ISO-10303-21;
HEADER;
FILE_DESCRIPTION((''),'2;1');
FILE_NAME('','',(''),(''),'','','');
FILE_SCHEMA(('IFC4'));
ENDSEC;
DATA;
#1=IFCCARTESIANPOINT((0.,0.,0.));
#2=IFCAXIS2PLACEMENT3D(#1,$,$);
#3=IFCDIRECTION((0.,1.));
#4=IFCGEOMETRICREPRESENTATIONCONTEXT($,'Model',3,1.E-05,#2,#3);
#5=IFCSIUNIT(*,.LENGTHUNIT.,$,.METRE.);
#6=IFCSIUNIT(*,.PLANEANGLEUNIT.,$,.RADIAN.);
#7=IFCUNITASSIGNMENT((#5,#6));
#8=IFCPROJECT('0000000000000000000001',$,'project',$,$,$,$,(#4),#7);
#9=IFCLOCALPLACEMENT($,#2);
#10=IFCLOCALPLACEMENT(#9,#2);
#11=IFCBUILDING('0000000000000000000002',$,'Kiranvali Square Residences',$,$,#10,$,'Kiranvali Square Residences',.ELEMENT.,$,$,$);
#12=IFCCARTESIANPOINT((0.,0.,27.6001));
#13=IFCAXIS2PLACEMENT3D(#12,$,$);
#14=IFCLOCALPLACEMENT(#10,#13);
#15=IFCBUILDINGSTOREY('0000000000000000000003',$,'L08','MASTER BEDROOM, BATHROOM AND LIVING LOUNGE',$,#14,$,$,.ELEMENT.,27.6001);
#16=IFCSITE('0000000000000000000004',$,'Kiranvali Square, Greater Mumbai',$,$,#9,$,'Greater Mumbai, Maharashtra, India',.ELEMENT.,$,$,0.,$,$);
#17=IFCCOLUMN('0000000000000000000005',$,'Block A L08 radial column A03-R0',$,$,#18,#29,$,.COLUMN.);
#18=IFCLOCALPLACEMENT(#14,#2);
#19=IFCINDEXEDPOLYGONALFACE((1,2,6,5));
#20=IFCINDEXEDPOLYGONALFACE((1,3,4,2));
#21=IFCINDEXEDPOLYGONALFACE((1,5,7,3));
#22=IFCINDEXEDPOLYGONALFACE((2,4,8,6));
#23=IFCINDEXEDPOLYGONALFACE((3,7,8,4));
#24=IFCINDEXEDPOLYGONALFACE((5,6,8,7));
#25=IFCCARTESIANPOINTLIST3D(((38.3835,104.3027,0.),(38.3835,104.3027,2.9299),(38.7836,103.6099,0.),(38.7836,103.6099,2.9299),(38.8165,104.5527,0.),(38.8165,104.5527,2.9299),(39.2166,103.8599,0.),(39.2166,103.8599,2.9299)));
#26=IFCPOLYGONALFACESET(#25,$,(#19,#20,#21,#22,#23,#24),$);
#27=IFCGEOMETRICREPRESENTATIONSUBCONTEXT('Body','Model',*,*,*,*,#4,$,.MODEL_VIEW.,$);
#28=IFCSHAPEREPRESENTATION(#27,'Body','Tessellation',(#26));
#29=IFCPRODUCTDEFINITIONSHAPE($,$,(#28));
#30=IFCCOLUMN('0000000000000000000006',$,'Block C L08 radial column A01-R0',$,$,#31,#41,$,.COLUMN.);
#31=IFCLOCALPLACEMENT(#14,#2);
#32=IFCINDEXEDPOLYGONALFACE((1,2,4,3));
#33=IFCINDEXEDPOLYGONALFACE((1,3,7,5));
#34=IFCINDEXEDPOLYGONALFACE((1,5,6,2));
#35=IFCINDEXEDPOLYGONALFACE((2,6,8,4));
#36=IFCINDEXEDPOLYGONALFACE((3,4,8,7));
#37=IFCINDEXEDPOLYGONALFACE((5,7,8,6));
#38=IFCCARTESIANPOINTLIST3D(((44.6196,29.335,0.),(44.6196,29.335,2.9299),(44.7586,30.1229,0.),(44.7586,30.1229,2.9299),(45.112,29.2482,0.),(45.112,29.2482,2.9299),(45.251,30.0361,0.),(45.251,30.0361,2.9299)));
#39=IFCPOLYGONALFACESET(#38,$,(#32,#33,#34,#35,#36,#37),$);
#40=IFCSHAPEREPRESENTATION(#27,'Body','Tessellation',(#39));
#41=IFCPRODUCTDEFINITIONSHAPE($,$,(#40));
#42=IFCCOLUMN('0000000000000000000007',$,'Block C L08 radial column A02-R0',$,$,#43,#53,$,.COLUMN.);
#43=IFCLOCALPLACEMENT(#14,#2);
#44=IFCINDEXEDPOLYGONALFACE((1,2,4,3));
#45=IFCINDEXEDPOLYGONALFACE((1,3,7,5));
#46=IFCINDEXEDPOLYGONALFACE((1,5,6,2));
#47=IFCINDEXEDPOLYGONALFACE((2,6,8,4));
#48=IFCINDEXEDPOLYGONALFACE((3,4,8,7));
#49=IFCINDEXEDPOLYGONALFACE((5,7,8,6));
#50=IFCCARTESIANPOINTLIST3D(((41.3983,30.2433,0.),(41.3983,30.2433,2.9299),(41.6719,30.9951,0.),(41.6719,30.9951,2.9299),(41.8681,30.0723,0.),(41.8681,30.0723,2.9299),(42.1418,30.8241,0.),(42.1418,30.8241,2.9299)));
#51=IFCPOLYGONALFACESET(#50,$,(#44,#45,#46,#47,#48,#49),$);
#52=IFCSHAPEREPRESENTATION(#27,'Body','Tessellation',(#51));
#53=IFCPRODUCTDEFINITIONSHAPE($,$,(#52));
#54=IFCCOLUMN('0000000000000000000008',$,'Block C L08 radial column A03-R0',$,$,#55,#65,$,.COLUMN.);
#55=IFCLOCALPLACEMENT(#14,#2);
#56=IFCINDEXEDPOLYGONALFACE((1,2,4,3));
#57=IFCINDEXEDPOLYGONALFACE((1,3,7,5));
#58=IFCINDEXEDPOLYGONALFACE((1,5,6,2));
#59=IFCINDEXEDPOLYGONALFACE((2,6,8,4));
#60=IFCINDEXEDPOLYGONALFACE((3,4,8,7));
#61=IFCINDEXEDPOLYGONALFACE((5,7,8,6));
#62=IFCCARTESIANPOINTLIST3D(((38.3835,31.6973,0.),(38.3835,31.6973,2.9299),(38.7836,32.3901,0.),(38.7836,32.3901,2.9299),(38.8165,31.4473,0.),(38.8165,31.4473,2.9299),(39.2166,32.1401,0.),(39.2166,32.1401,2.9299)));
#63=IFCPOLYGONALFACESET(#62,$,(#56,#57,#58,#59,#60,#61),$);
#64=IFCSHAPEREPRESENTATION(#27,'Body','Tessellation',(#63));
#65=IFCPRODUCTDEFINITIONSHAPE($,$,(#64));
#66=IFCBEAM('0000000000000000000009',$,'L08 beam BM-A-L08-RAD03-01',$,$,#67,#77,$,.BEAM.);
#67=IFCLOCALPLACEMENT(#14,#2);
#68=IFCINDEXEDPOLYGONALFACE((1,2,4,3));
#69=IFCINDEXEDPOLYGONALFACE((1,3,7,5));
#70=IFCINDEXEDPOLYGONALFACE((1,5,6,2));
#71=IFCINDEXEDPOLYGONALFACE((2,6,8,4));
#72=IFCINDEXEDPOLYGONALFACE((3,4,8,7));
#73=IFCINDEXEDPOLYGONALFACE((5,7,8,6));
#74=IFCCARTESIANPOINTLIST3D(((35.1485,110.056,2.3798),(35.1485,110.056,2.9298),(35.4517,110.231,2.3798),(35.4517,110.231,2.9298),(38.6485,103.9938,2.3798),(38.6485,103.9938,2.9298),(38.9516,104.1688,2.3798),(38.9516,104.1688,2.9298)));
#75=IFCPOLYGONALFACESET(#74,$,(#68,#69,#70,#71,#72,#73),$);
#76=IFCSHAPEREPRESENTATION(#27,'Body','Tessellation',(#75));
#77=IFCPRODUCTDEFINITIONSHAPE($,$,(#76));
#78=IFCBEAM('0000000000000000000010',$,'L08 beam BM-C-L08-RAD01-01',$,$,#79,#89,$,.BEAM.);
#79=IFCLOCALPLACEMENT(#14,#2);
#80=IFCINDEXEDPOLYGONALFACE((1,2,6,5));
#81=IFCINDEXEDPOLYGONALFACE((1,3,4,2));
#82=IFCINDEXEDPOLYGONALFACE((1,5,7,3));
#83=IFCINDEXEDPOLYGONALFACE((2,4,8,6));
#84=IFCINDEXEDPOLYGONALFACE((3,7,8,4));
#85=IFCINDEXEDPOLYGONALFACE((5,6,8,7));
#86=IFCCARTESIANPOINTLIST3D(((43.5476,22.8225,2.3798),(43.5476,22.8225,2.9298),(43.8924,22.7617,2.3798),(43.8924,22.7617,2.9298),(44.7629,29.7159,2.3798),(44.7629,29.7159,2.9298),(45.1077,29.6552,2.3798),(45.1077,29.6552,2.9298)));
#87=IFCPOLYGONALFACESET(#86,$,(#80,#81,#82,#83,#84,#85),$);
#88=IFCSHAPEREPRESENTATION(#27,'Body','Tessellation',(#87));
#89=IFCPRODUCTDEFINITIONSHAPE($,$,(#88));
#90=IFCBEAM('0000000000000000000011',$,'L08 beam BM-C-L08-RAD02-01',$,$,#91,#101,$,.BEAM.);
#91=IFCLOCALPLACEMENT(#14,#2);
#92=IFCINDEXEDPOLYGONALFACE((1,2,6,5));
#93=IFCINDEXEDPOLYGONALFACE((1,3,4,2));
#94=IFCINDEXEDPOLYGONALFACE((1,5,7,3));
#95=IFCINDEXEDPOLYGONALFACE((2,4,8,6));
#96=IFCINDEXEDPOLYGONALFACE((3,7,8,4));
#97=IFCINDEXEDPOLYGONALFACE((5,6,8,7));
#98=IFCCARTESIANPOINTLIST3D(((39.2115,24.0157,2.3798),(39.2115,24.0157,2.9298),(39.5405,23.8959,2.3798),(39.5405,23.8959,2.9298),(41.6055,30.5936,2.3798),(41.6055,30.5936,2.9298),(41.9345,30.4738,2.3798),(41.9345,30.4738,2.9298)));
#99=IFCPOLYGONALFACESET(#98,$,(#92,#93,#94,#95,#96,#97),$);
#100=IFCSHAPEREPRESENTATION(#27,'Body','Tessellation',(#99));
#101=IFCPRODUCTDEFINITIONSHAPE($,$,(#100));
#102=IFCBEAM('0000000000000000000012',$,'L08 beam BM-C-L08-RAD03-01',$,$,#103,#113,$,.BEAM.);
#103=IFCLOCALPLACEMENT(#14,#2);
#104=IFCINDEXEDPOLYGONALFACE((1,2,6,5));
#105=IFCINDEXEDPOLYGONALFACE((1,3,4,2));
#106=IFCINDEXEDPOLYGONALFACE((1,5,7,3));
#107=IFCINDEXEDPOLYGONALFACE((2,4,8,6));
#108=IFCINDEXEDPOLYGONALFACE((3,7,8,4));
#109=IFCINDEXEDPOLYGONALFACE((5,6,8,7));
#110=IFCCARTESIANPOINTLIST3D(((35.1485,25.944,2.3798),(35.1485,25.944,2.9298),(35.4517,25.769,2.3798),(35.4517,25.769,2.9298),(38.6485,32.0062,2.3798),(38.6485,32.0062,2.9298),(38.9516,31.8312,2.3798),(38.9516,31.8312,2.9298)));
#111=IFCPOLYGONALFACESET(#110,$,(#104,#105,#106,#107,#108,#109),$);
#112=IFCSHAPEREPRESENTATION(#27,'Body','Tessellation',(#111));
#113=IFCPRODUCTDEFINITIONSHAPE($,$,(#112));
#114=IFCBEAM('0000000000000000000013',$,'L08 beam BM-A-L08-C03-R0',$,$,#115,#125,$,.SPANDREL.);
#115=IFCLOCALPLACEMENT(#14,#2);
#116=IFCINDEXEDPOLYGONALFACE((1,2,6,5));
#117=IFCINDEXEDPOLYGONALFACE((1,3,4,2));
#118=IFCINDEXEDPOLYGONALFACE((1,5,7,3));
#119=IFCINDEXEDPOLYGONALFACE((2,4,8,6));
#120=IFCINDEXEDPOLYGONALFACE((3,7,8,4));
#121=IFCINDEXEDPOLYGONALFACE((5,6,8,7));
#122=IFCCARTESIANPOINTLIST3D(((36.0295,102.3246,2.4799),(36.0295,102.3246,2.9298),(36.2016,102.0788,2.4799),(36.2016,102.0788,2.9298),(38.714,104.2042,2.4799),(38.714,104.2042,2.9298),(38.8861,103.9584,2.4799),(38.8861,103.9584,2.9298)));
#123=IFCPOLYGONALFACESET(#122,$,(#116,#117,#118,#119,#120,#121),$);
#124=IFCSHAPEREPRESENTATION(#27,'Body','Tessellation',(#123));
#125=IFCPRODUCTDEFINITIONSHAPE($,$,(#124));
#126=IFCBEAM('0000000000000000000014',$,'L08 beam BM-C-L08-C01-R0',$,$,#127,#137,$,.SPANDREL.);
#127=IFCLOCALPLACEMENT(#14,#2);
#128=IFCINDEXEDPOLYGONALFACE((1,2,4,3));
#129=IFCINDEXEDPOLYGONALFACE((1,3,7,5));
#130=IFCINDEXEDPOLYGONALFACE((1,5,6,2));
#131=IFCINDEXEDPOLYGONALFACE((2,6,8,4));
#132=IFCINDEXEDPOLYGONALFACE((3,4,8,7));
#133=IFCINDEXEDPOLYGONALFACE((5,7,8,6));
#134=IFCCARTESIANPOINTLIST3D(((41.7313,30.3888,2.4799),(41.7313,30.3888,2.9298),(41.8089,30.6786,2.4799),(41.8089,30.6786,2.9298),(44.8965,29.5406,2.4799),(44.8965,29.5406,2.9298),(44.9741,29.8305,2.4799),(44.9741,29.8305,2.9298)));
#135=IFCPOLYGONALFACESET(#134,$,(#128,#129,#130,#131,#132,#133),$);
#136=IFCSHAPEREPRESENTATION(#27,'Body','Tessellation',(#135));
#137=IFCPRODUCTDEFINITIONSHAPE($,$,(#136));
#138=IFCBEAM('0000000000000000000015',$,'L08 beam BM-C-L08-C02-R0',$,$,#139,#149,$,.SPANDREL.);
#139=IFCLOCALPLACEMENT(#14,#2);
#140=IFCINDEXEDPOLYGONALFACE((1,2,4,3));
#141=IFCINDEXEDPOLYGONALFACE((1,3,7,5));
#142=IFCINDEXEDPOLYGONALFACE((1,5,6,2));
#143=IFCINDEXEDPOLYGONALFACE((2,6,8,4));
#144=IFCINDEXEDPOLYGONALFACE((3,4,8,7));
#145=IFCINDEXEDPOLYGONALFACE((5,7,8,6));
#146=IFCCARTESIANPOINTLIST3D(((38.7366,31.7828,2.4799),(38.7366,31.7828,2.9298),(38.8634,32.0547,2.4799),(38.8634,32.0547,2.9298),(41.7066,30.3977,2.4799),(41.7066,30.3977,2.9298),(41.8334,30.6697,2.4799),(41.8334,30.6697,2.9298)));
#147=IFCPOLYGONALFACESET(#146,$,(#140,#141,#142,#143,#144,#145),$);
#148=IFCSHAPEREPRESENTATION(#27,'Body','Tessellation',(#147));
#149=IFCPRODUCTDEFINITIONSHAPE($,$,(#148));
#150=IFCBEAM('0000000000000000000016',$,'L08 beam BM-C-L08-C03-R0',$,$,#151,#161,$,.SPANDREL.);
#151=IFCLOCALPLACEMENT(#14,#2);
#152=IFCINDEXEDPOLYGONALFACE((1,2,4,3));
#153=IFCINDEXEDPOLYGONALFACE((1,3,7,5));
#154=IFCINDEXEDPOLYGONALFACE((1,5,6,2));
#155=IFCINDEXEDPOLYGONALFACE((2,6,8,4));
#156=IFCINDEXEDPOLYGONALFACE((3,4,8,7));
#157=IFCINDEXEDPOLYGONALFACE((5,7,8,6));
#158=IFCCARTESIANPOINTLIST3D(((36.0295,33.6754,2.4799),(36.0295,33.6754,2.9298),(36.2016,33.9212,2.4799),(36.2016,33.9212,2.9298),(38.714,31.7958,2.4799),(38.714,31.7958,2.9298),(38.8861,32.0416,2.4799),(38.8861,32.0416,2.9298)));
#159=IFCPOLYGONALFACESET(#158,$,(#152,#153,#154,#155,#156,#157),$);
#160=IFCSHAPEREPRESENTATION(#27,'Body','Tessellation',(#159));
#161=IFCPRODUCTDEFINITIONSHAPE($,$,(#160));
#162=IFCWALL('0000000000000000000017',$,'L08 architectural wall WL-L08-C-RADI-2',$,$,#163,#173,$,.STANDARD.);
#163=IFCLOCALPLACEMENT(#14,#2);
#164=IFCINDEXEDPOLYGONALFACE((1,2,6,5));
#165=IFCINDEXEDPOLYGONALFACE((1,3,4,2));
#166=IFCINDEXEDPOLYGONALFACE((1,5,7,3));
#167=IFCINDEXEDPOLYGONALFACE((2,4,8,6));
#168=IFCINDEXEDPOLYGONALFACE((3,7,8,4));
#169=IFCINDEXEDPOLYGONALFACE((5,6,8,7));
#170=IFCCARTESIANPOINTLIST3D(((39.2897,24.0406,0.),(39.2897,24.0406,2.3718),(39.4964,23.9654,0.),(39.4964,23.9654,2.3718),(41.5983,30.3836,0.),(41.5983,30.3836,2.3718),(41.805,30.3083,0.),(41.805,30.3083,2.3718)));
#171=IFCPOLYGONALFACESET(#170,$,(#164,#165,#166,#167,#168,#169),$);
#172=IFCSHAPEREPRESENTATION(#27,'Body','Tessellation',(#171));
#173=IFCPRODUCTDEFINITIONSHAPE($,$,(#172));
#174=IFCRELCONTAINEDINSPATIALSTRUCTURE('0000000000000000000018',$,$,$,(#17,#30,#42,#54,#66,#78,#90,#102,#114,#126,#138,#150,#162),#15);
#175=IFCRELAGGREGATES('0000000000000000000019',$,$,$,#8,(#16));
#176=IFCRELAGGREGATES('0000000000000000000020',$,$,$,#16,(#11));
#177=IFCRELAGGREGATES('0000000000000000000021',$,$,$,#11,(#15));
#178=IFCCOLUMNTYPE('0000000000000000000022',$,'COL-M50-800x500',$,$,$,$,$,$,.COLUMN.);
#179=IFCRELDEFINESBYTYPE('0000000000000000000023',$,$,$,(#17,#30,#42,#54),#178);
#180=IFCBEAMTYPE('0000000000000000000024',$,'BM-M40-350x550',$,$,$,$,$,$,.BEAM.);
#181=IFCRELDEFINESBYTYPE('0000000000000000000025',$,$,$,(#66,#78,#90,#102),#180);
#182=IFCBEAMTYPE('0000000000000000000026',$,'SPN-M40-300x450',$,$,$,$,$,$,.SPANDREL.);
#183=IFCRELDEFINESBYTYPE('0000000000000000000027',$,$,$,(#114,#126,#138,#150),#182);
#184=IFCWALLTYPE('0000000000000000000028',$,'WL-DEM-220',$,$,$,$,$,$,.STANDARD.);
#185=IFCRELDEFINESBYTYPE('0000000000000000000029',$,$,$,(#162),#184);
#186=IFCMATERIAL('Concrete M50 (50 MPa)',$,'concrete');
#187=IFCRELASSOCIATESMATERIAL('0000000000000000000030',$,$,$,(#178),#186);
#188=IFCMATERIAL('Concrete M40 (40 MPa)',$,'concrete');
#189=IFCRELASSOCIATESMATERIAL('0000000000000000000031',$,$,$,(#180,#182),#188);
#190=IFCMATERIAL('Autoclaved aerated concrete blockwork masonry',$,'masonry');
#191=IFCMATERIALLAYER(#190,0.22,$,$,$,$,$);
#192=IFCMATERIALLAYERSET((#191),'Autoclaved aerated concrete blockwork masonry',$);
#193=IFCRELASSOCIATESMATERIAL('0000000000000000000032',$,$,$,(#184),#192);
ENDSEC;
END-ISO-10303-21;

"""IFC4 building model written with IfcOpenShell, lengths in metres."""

from ifc_helpers import new_model, si_unit, direction, frame, frame_2d, origin, origin_2d, place, context, subcontext, project, spatial, rectangle, extrude, material, layer, layer_set, material_profile, profile_set, type_object, element, save


model = new_model("IFC4")

# Units and contexts
model_context = context("Model", 3, precision=1e-05, world=origin(), true_north=direction((0.0, 1.0)))
body_context = subcontext(model_context, "Body", "Model", "MODEL_VIEW")
ifc_project = project(units=[si_unit("LENGTHUNIT", "METRE"), si_unit("PLANEANGLEUNIT", "RADIAN")], contexts=[model_context])

# Site, building, storey
site_placement = place(None, origin())
site = spatial("IfcSite", under=ifc_project, at=site_placement, Name="Kiranvali Square, Greater Mumbai", LongName="Greater Mumbai, Maharashtra, India", CompositionType="ELEMENT", RefElevation=0.0)
building_placement = place(site_placement, origin())
building = spatial("IfcBuilding", under=site, at=building_placement, Name="Kiranvali Square Residences", LongName="Kiranvali Square Residences", CompositionType="ELEMENT")
storey_placement = place(building_placement, frame((0.0, 0.0, 27.6001)))
storey = spatial("IfcBuildingStorey", under=building, at=storey_placement, Name="L08", Description="MASTER BEDROOM, BATHROOM AND LIVING LOUNGE", CompositionType="ELEMENT", Elevation=27.6001)

# Columns
ifc_material_1 = material(Name="Concrete M50 (50 MPa)", Category="concrete")
ifc_material_profile_1 = material_profile(ifc_material_1, rectangle(XDim=0.5, YDim=0.8, at=origin_2d()), Name="RC 800x500")
ifc_profile_set_1 = profile_set([ifc_material_profile_1], Name="Concrete M50 (50 MPa)")
column_type = type_object("IfcColumnType", Name="COL-M50-800x500", PredefinedType="COLUMN", material=ifc_profile_set_1)
for number, where, z_axis, x_axis, name in (
    (1, (38.8, 104.0813, 0.0), (0.0, 0.0, 1.0), (0.866025, 0.5, 0.0), "Block A L08 radial column A03-R0"),
    (2, (44.9353, 29.6855, 0.0), (0.0, 0.0, 1.0), (-0.984808, 0.173648, 0.0), "Block C L08 radial column A01-R0"),
    (3, (41.77, 30.5337, 0.0), (0.0, 0.0, 1.0), (-0.939693, 0.34202, 0.0), "Block C L08 radial column A02-R0"),
    (4, (38.8, 31.9187, 0.0), (0.0, 0.0, 1.0), (-0.866025, 0.5, 0.0), "Block C L08 radial column A03-R0"),
):
    element("IfcColumn", number, at=place(storey_placement, frame(where, z_axis=z_axis, x_axis=x_axis)), inside=storey, type_object=column_type, Name=name, PredefinedType="COLUMN", context=body_context, shape_type="SweptSolid", body=[
        extrude(rectangle(XDim=0.5, YDim=0.8, at=origin_2d()), origin(), (0.0, 0.0, 1.0), 2.9299),
    ])

# Beams
ifc_material_2 = material(Name="Concrete M40 (40 MPa)", Category="concrete")
ifc_material_profile_2 = material_profile(ifc_material_2, rectangle(XDim=0.3501, YDim=0.55, at=origin_2d()), Name="RC 350x550")
ifc_profile_set_2 = profile_set([ifc_material_profile_2], Name="Concrete M40 (40 MPa)")
beam_type_1 = type_object("IfcBeamType", Name="BM-M40-350x550", PredefinedType="BEAM", material=ifc_profile_set_2)
beam_1_placement = place(storey_placement, frame((38.8, 104.0813, 2.6548), z_axis=(-0.499995, 0.866028, 0.0), x_axis=(-0.866028, -0.499995, 0.0)))
element("IfcBeam", 5, at=beam_1_placement, inside=storey, type_object=beam_type_1, Name="L08 beam BM-A-L08-RAD03-01", PredefinedType="BEAM", context=body_context, shape_type="SweptSolid", body=[
    extrude(rectangle(XDim=0.3501, YDim=0.55, at=origin_2d()), origin(), (0.0, 0.0, 1.0), 7.0),
])
beam_2_placement = place(storey_placement, frame((44.9353, 29.6855, 2.6548), z_axis=(-0.173622, -0.984812, 0.0), x_axis=(0.984812, -0.173622, 0.0)))
element("IfcBeam", 6, at=beam_2_placement, inside=storey, type_object=beam_type_1, Name="L08 beam BM-C-L08-RAD01-01", PredefinedType="BEAM", context=body_context, shape_type="SweptSolid", body=[
    extrude(rectangle(XDim=0.3501, YDim=0.55, at=origin_2d()), origin(), (0.0, 0.0, 1.0), 6.9998),
])
for number, where, z_axis, x_axis, name in (
    (7, (41.77, 30.5337, 2.6548), (-0.342006, -0.939698, 0.0), (0.939698, -0.342006, 0.0), "L08 beam BM-C-L08-RAD02-01"),
    (8, (38.8, 31.9187, 2.6548), (-0.499995, -0.866028, 0.0), (0.866028, -0.499995, 0.0), "L08 beam BM-C-L08-RAD03-01"),
):
    element("IfcBeam", number, at=place(storey_placement, frame(where, z_axis=z_axis, x_axis=x_axis)), inside=storey, type_object=beam_type_1, Name=name, PredefinedType="BEAM", context=body_context, shape_type="SweptSolid", body=[
        extrude(rectangle(XDim=0.3501, YDim=0.55, at=origin_2d()), origin(), (0.0, 0.0, 1.0), 7.0),
    ])
ifc_material_profile_3 = material_profile(ifc_material_2, rectangle(XDim=0.3, YDim=0.45, at=origin_2d()), Name="RC 300x450")
ifc_profile_set_3 = profile_set([ifc_material_profile_3], Name="Concrete M40 (40 MPa)")
beam_type_2 = type_object("IfcBeamType", Name="SPN-M40-300x450", PredefinedType="SPANDREL", material=ifc_profile_set_3)
beam_3_placement = place(storey_placement, frame((38.8, 104.0813, 2.7048), z_axis=(-0.819169, -0.573552, 0.0), x_axis=(0.573552, -0.819169, 0.0)))
element("IfcBeam", 9, at=beam_3_placement, inside=storey, type_object=beam_type_2, Name="L08 beam BM-A-L08-C03-R0", PredefinedType="SPANDREL", context=body_context, shape_type="SweptSolid", body=[
    extrude(rectangle(XDim=0.3, YDim=0.45, at=origin_2d()), origin(), (0.0, 0.0, 1.0), 3.2771),
])
beam_4_placement = place(storey_placement, frame((44.9353, 29.6855, 2.7048), z_axis=(-0.965925, 0.258822, 0.0), x_axis=(-0.258822, -0.965925, 0.0)))
element("IfcBeam", 10, at=beam_4_placement, inside=storey, type_object=beam_type_2, Name="L08 beam BM-C-L08-C01-R0", PredefinedType="SPANDREL", context=body_context, shape_type="SweptSolid", body=[
    extrude(rectangle(XDim=0.3, YDim=0.45, at=origin_2d()), origin(), (0.0, 0.0, 1.0), 3.2769),
])
for number, where, z_axis, x_axis, name in (
    (11, (41.77, 30.5337, 2.7048), (-0.906297, 0.422641, 0.0), (-0.422641, -0.906297, 0.0), "L08 beam BM-C-L08-C02-R0"),
    (12, (38.8, 31.9187, 2.7048), (-0.819169, 0.573552, 0.0), (-0.573552, -0.819169, 0.0), "L08 beam BM-C-L08-C03-R0"),
):
    element("IfcBeam", number, at=place(storey_placement, frame(where, z_axis=z_axis, x_axis=x_axis)), inside=storey, type_object=beam_type_2, Name=name, PredefinedType="SPANDREL", context=body_context, shape_type="SweptSolid", body=[
        extrude(rectangle(XDim=0.3, YDim=0.45, at=origin_2d()), origin(), (0.0, 0.0, 1.0), 3.2771),
    ])

# Wall
ifc_material_3 = material(Name="Autoclaved aerated concrete blockwork masonry", Category="masonry")
ifc_layer_1 = layer(ifc_material_3, 0.22)
ifc_layer_set_1 = layer_set([ifc_layer_1], Name="Autoclaved aerated concrete blockwork masonry")
wall_type_1 = type_object("IfcWallType", Name="WL-DEM-220", PredefinedType="STANDARD", material=ifc_layer_set_1)
wall_1_placement = place(storey_placement, frame((41.7017, 30.3459, 0.0), z_axis=(0.0, 0.0, 1.0), x_axis=(-0.34201, -0.939696, 0.0)))
element("IfcWall", 13, at=wall_1_placement, inside=storey, type_object=wall_type_1, Name="L08 architectural wall WL-L08-C-RADI-2", PredefinedType="STANDARD", context=body_context, shape_type="SweptSolid", body=[
    extrude(rectangle(XDim=6.75, YDim=0.22, at=frame_2d((3.375, 0.0))), origin(), (0.0, 0.0, 1.0), 2.3718),
])

save(model, "model.ifc")
